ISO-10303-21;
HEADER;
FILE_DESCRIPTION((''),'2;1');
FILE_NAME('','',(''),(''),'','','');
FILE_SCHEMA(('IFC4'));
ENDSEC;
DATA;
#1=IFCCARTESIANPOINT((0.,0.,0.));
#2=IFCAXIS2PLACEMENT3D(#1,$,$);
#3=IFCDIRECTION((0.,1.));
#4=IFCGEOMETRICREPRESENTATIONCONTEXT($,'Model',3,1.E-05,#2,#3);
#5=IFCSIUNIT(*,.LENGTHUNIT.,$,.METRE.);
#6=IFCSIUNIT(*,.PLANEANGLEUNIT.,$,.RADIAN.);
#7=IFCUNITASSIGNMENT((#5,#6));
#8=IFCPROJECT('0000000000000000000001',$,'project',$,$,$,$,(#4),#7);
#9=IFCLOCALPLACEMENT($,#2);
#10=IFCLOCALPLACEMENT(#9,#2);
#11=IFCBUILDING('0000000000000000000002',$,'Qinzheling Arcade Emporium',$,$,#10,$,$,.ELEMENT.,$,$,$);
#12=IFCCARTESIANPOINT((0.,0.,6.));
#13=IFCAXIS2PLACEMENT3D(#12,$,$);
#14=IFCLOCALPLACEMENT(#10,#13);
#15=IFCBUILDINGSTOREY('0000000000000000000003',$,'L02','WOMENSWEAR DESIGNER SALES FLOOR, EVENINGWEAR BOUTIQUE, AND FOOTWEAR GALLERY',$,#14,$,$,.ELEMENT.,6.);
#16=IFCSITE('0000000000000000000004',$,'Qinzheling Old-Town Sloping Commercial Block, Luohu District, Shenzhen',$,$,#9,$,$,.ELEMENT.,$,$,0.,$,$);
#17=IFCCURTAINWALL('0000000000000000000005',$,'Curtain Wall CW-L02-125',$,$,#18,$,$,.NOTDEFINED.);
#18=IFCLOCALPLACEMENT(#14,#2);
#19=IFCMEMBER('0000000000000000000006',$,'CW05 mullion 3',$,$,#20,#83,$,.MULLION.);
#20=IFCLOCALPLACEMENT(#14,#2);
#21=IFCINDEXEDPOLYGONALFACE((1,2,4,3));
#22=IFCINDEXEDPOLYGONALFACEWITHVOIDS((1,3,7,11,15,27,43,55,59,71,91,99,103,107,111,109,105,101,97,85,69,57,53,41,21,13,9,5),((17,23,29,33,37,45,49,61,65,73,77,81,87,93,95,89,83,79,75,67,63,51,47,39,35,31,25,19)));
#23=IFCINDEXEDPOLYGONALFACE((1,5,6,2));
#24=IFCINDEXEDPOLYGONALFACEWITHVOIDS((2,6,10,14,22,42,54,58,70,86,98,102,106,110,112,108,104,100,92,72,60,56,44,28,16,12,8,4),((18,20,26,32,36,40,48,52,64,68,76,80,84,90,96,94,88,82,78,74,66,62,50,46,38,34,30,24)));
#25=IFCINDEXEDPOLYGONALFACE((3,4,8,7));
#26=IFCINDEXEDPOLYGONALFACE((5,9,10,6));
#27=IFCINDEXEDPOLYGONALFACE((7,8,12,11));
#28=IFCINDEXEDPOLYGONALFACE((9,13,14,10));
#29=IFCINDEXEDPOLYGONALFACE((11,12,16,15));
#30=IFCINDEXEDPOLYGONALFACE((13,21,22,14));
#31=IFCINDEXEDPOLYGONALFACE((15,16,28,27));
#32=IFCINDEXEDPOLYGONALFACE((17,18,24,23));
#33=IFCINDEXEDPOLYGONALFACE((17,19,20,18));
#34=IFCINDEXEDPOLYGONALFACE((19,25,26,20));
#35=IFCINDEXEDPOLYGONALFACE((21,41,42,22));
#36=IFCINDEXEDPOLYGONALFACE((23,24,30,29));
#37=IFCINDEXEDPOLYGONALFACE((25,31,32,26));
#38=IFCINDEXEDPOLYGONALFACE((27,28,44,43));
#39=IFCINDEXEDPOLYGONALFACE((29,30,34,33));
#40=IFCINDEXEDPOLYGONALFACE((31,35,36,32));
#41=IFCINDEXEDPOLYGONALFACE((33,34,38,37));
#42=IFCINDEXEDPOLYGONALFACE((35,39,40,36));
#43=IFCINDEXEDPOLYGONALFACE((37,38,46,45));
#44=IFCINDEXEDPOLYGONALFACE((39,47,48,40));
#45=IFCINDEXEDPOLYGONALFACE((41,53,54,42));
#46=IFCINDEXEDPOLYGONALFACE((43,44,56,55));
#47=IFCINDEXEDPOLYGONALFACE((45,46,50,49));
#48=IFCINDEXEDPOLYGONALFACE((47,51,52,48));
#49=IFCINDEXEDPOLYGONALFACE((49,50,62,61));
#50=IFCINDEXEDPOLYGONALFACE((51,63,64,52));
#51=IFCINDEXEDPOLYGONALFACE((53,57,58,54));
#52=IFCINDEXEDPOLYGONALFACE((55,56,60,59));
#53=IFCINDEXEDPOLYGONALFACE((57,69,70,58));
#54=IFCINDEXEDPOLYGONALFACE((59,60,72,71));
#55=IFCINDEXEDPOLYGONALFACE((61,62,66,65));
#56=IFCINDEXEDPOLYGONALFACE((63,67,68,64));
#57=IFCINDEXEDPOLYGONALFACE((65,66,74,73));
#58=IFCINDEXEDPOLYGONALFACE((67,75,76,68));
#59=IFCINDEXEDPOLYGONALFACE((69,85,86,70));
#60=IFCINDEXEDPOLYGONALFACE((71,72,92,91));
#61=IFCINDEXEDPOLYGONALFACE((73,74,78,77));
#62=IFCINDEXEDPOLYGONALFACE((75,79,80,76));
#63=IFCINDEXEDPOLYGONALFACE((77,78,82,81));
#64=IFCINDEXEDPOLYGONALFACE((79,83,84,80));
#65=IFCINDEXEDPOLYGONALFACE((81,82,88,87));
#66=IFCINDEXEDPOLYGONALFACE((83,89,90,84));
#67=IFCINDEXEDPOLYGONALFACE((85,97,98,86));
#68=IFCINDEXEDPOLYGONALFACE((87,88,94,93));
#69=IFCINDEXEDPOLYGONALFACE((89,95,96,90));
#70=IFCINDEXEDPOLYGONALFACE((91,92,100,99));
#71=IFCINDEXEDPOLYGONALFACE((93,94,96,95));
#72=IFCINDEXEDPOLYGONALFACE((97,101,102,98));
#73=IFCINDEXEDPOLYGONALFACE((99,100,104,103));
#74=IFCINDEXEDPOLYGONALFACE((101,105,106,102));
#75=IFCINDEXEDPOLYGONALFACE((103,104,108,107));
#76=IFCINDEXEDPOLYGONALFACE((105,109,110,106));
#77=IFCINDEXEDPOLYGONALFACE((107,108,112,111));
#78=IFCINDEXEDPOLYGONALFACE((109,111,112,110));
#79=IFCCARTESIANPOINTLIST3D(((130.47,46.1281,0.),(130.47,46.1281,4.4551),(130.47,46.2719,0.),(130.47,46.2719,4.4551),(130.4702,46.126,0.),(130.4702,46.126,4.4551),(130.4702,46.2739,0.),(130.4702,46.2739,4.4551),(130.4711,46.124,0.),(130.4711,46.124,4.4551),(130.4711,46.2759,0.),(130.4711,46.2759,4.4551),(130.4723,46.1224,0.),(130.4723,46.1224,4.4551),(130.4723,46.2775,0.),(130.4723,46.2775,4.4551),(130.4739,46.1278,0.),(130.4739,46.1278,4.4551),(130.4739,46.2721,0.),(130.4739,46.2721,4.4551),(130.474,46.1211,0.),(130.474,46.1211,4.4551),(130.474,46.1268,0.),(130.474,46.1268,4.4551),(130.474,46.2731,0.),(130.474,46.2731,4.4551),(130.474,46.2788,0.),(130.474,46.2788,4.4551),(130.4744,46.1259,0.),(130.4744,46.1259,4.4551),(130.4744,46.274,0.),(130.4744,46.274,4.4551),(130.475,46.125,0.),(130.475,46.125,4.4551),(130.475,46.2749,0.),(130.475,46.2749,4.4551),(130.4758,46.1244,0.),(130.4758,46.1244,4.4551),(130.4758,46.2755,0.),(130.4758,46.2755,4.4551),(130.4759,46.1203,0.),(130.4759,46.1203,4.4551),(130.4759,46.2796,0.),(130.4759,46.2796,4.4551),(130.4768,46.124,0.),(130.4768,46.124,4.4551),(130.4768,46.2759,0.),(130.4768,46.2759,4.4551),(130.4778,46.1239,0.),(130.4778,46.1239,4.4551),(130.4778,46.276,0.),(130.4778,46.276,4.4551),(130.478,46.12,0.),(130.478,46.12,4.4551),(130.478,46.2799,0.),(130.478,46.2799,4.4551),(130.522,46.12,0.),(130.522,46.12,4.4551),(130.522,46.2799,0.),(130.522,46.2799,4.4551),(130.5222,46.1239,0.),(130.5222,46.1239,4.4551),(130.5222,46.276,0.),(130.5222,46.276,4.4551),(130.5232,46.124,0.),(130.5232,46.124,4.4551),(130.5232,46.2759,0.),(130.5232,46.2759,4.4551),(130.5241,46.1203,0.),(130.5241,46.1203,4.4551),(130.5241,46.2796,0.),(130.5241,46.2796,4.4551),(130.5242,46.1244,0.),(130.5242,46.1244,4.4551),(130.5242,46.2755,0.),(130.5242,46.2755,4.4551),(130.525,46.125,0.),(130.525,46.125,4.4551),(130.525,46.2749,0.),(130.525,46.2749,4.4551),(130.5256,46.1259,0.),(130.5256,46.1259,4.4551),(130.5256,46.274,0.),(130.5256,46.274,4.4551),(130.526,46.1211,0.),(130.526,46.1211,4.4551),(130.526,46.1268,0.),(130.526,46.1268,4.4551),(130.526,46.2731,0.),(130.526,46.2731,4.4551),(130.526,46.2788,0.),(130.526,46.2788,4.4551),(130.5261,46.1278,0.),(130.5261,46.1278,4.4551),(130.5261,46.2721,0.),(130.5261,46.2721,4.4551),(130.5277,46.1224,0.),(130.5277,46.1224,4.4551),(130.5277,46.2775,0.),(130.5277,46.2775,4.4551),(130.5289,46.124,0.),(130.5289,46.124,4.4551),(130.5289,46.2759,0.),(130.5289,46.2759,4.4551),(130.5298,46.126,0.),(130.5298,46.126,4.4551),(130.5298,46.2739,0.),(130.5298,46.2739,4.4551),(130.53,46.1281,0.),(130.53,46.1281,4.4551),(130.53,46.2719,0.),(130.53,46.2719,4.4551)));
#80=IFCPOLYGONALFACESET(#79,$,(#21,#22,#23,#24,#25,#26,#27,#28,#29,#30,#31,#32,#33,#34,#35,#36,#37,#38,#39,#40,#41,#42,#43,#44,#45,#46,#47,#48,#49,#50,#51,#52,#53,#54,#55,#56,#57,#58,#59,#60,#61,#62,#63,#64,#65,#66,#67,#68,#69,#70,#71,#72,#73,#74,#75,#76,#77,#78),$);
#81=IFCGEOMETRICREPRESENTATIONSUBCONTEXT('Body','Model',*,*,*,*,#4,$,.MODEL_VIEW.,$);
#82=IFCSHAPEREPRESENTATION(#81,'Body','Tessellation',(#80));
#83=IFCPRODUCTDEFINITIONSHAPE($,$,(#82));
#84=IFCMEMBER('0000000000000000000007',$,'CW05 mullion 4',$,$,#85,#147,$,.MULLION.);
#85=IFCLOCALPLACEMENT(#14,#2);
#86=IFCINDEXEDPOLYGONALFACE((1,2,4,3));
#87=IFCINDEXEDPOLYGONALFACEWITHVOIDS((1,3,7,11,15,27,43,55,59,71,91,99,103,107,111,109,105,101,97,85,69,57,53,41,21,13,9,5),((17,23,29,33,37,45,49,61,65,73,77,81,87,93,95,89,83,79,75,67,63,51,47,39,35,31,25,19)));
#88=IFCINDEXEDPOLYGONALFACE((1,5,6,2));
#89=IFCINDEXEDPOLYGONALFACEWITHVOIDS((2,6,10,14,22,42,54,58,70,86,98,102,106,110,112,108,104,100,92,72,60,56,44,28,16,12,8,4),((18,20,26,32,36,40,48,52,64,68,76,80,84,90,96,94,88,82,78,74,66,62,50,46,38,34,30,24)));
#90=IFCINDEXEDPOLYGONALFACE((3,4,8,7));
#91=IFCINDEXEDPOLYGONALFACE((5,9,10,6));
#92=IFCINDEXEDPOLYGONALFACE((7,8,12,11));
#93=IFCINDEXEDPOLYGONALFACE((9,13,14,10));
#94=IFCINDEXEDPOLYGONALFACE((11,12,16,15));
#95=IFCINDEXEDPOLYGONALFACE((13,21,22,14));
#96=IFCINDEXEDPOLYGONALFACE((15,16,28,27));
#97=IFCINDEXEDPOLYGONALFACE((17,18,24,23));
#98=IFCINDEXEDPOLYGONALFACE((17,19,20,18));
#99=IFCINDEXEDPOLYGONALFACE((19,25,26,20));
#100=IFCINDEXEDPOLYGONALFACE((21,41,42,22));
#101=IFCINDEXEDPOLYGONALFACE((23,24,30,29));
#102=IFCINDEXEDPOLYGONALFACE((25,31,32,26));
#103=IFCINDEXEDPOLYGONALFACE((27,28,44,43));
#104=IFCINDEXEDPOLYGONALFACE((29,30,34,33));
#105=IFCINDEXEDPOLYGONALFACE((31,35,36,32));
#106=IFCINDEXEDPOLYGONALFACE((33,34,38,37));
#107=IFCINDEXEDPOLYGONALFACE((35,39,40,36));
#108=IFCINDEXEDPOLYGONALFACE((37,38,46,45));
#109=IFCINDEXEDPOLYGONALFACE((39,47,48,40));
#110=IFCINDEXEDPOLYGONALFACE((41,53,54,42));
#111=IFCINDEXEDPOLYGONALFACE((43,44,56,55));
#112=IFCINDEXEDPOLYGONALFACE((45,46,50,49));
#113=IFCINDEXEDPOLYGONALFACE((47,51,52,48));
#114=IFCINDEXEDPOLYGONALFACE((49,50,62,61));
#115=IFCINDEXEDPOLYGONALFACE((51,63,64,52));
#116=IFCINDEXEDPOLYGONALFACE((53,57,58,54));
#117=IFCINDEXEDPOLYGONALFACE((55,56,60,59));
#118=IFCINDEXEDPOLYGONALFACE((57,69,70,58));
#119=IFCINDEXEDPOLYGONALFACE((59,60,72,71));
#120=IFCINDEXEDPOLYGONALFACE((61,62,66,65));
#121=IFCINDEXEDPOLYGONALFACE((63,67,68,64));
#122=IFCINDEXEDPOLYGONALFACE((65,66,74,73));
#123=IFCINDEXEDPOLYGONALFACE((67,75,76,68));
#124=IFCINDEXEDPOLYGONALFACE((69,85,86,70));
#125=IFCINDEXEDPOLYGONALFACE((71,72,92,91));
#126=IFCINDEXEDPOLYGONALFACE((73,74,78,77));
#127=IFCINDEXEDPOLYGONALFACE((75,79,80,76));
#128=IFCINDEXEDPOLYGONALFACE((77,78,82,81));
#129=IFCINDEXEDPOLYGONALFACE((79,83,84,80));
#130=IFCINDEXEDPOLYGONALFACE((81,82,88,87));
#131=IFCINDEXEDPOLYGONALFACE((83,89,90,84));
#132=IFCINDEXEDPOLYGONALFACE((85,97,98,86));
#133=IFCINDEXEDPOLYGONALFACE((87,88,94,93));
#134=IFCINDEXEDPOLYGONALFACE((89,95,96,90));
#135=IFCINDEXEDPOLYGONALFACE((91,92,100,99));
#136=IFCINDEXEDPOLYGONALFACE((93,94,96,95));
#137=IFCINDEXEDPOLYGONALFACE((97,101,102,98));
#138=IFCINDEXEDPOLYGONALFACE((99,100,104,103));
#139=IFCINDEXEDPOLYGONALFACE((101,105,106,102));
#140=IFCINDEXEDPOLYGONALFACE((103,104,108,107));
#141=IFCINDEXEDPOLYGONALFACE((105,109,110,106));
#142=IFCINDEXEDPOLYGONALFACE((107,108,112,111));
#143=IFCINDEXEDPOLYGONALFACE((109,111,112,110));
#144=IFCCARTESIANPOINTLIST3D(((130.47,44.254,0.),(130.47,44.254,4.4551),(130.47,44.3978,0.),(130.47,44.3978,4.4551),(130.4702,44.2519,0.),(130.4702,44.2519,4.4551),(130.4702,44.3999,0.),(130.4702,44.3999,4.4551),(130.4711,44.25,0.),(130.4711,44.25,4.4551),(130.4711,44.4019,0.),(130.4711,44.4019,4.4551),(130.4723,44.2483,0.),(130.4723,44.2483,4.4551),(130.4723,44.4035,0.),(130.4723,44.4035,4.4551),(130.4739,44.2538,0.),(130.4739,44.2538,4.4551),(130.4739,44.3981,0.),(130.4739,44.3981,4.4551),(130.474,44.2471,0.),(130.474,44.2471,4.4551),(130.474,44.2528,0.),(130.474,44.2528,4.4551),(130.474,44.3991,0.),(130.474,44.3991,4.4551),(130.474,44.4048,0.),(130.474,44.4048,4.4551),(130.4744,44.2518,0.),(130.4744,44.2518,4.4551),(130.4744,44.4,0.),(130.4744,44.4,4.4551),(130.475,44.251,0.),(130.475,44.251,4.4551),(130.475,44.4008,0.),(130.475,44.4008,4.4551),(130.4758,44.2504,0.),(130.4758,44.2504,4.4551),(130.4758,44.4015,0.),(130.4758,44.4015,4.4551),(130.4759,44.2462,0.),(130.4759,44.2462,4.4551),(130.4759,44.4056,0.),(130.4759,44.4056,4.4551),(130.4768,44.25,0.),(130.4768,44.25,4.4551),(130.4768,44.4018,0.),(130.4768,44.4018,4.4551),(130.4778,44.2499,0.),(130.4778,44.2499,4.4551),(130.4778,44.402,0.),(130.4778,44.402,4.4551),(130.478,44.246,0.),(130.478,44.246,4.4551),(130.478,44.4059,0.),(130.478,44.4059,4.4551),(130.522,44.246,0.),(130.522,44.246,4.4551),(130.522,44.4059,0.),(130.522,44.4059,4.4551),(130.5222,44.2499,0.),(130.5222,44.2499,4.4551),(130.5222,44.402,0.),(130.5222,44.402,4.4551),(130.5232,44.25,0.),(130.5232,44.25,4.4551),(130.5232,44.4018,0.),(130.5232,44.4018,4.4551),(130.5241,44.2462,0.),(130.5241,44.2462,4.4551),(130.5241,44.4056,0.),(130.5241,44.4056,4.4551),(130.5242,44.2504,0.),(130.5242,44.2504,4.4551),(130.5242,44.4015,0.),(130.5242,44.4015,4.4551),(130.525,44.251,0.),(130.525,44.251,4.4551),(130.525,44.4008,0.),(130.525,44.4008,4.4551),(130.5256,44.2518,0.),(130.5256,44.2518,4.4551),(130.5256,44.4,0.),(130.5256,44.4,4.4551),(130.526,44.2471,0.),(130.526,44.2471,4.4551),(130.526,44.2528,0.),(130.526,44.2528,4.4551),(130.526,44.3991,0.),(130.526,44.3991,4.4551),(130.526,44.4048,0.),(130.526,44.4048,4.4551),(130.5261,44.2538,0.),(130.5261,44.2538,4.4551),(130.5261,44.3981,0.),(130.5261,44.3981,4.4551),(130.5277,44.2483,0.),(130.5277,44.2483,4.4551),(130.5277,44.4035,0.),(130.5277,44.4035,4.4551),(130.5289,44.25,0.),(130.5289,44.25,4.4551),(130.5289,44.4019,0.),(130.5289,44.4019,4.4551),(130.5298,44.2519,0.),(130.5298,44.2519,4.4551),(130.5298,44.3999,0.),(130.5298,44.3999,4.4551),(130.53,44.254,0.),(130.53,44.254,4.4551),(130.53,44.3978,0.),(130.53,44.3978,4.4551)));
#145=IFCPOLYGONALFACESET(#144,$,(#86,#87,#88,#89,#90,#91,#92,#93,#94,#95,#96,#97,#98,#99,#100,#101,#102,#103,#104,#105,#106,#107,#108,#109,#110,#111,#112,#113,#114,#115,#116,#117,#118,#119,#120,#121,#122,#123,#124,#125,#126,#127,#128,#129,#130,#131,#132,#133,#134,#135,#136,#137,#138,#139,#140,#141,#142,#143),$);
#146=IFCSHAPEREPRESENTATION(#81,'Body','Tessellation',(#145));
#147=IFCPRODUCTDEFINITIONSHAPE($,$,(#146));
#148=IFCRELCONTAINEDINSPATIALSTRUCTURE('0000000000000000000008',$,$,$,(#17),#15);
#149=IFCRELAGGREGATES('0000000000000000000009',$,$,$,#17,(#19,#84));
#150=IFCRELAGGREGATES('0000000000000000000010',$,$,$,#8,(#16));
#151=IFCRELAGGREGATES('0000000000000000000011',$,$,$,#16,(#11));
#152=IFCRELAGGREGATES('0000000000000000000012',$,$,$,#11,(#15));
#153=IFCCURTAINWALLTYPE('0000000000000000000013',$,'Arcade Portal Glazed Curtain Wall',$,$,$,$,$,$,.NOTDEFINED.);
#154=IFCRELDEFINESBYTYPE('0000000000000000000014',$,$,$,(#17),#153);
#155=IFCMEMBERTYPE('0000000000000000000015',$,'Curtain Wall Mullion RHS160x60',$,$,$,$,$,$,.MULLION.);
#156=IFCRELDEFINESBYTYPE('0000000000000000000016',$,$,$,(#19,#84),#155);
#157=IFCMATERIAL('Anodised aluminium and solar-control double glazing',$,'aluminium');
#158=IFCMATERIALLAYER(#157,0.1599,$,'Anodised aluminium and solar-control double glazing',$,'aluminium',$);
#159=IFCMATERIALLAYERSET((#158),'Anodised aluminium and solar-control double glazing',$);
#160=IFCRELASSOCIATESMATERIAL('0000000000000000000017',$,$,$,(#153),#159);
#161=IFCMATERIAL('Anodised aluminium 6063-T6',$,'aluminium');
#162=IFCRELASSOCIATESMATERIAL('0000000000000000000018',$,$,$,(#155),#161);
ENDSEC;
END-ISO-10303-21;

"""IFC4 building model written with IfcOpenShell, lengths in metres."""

from ifc_helpers import new_model, si_unit, direction, frame, origin, origin_2d, place, context, subcontext, project, spatial, hollow_rectangle, extrude, material, layer, layer_set, material_profile, profile_set, type_object, element, aggregate, save


model = new_model("IFC4")

# Units and contexts
model_context = context("Model", 3, precision=1e-05, world=origin(), true_north=direction((0.0, 1.0)))
body_context = subcontext(model_context, "Body", "Model", "MODEL_VIEW")
ifc_project = project(units=[si_unit("LENGTHUNIT", "METRE"), si_unit("PLANEANGLEUNIT", "RADIAN")], contexts=[model_context])

# Site, building, storey
site_placement = place(None, origin())
site = spatial("IfcSite", under=ifc_project, at=site_placement, Name="Qinzheling Old-Town Sloping Commercial Block, Luohu District, Shenzhen", CompositionType="ELEMENT", RefElevation=0.0)
building_placement = place(site_placement, origin())
building = spatial("IfcBuilding", under=site, at=building_placement, Name="Qinzheling Arcade Emporium", CompositionType="ELEMENT")
storey_placement = place(building_placement, frame((0.0, 0.0, 6.0)))
storey = spatial("IfcBuildingStorey", under=building, at=storey_placement, Name="L02", Description="WOMENSWEAR DESIGNER SALES FLOOR, EVENINGWEAR BOUTIQUE, AND FOOTWEAR GALLERY", CompositionType="ELEMENT", Elevation=6.0)

# Curtain wall, members
ifc_material_1 = material(Name="Anodised aluminium and solar-control double glazing", Category="aluminium")
ifc_layer_1 = layer(ifc_material_1, 0.1599, Name="Anodised aluminium and solar-control double glazing", Category="aluminium")
ifc_layer_set_1 = layer_set([ifc_layer_1], Name="Anodised aluminium and solar-control double glazing")
curtain_wall_type = type_object("IfcCurtainWallType", Name="Arcade Portal Glazed Curtain Wall", PredefinedType="NOTDEFINED", material=ifc_layer_set_1)
curtain_wall_placement = place(storey_placement, origin())
curtain_wall = element("IfcCurtainWall", 1, at=curtain_wall_placement, inside=storey, type_object=curtain_wall_type, Name="Curtain Wall CW-L02-125", PredefinedType="NOTDEFINED")
ifc_material_2 = material(Name="Anodised aluminium 6063-T6", Category="aluminium")
ifc_material_profile_1 = material_profile(ifc_material_2, hollow_rectangle(XDim=0.0601, YDim=0.1599, WallThickness=0.0039, InnerFilletRadius=0.0039, OuterFilletRadius=0.0081, at=origin_2d()), Name="RHS 160x60x4", Category="aluminium")
ifc_profile_set_1 = profile_set([ifc_material_profile_1], Name="Anodised aluminium 6063-T6")
member_type_1 = type_object("IfcMemberType", Name="Curtain Wall Mullion RHS160x60", PredefinedType="MULLION", material=ifc_profile_set_1)
member_1_placement = place(storey_placement, frame((130.5, 46.2, 0.0), z_axis=(0.0, 0.0, 1.0), x_axis=(1.0, 0.0, 0.0)))
member_1 = element("IfcMember", 2, at=member_1_placement, type_object=member_type_1, Name="CW05 mullion 3", PredefinedType="MULLION", context=body_context, shape_type="SweptSolid", body=[
    extrude(hollow_rectangle(XDim=0.0601, YDim=0.1599, WallThickness=0.0039, InnerFilletRadius=0.0039, OuterFilletRadius=0.0081, at=origin_2d()), origin(), (0.0, 0.0, 1.0), 4.4551),
])
member_2_placement = place(storey_placement, frame((130.5, 44.3259, 0.0), z_axis=(0.0, 0.0, 1.0), x_axis=(1.0, 0.0, 0.0)))
member_2 = element("IfcMember", 3, at=member_2_placement, type_object=member_type_1, Name="CW05 mullion 4", PredefinedType="MULLION", context=body_context, shape_type="SweptSolid", body=[
    extrude(hollow_rectangle(XDim=0.0601, YDim=0.1599, WallThickness=0.0039, InnerFilletRadius=0.0039, OuterFilletRadius=0.0081, at=origin_2d()), origin(), (0.0, 0.0, 1.0), 4.4551),
])

aggregate(curtain_wall, [member_1, member_2])

save(model, "model.ifc")
